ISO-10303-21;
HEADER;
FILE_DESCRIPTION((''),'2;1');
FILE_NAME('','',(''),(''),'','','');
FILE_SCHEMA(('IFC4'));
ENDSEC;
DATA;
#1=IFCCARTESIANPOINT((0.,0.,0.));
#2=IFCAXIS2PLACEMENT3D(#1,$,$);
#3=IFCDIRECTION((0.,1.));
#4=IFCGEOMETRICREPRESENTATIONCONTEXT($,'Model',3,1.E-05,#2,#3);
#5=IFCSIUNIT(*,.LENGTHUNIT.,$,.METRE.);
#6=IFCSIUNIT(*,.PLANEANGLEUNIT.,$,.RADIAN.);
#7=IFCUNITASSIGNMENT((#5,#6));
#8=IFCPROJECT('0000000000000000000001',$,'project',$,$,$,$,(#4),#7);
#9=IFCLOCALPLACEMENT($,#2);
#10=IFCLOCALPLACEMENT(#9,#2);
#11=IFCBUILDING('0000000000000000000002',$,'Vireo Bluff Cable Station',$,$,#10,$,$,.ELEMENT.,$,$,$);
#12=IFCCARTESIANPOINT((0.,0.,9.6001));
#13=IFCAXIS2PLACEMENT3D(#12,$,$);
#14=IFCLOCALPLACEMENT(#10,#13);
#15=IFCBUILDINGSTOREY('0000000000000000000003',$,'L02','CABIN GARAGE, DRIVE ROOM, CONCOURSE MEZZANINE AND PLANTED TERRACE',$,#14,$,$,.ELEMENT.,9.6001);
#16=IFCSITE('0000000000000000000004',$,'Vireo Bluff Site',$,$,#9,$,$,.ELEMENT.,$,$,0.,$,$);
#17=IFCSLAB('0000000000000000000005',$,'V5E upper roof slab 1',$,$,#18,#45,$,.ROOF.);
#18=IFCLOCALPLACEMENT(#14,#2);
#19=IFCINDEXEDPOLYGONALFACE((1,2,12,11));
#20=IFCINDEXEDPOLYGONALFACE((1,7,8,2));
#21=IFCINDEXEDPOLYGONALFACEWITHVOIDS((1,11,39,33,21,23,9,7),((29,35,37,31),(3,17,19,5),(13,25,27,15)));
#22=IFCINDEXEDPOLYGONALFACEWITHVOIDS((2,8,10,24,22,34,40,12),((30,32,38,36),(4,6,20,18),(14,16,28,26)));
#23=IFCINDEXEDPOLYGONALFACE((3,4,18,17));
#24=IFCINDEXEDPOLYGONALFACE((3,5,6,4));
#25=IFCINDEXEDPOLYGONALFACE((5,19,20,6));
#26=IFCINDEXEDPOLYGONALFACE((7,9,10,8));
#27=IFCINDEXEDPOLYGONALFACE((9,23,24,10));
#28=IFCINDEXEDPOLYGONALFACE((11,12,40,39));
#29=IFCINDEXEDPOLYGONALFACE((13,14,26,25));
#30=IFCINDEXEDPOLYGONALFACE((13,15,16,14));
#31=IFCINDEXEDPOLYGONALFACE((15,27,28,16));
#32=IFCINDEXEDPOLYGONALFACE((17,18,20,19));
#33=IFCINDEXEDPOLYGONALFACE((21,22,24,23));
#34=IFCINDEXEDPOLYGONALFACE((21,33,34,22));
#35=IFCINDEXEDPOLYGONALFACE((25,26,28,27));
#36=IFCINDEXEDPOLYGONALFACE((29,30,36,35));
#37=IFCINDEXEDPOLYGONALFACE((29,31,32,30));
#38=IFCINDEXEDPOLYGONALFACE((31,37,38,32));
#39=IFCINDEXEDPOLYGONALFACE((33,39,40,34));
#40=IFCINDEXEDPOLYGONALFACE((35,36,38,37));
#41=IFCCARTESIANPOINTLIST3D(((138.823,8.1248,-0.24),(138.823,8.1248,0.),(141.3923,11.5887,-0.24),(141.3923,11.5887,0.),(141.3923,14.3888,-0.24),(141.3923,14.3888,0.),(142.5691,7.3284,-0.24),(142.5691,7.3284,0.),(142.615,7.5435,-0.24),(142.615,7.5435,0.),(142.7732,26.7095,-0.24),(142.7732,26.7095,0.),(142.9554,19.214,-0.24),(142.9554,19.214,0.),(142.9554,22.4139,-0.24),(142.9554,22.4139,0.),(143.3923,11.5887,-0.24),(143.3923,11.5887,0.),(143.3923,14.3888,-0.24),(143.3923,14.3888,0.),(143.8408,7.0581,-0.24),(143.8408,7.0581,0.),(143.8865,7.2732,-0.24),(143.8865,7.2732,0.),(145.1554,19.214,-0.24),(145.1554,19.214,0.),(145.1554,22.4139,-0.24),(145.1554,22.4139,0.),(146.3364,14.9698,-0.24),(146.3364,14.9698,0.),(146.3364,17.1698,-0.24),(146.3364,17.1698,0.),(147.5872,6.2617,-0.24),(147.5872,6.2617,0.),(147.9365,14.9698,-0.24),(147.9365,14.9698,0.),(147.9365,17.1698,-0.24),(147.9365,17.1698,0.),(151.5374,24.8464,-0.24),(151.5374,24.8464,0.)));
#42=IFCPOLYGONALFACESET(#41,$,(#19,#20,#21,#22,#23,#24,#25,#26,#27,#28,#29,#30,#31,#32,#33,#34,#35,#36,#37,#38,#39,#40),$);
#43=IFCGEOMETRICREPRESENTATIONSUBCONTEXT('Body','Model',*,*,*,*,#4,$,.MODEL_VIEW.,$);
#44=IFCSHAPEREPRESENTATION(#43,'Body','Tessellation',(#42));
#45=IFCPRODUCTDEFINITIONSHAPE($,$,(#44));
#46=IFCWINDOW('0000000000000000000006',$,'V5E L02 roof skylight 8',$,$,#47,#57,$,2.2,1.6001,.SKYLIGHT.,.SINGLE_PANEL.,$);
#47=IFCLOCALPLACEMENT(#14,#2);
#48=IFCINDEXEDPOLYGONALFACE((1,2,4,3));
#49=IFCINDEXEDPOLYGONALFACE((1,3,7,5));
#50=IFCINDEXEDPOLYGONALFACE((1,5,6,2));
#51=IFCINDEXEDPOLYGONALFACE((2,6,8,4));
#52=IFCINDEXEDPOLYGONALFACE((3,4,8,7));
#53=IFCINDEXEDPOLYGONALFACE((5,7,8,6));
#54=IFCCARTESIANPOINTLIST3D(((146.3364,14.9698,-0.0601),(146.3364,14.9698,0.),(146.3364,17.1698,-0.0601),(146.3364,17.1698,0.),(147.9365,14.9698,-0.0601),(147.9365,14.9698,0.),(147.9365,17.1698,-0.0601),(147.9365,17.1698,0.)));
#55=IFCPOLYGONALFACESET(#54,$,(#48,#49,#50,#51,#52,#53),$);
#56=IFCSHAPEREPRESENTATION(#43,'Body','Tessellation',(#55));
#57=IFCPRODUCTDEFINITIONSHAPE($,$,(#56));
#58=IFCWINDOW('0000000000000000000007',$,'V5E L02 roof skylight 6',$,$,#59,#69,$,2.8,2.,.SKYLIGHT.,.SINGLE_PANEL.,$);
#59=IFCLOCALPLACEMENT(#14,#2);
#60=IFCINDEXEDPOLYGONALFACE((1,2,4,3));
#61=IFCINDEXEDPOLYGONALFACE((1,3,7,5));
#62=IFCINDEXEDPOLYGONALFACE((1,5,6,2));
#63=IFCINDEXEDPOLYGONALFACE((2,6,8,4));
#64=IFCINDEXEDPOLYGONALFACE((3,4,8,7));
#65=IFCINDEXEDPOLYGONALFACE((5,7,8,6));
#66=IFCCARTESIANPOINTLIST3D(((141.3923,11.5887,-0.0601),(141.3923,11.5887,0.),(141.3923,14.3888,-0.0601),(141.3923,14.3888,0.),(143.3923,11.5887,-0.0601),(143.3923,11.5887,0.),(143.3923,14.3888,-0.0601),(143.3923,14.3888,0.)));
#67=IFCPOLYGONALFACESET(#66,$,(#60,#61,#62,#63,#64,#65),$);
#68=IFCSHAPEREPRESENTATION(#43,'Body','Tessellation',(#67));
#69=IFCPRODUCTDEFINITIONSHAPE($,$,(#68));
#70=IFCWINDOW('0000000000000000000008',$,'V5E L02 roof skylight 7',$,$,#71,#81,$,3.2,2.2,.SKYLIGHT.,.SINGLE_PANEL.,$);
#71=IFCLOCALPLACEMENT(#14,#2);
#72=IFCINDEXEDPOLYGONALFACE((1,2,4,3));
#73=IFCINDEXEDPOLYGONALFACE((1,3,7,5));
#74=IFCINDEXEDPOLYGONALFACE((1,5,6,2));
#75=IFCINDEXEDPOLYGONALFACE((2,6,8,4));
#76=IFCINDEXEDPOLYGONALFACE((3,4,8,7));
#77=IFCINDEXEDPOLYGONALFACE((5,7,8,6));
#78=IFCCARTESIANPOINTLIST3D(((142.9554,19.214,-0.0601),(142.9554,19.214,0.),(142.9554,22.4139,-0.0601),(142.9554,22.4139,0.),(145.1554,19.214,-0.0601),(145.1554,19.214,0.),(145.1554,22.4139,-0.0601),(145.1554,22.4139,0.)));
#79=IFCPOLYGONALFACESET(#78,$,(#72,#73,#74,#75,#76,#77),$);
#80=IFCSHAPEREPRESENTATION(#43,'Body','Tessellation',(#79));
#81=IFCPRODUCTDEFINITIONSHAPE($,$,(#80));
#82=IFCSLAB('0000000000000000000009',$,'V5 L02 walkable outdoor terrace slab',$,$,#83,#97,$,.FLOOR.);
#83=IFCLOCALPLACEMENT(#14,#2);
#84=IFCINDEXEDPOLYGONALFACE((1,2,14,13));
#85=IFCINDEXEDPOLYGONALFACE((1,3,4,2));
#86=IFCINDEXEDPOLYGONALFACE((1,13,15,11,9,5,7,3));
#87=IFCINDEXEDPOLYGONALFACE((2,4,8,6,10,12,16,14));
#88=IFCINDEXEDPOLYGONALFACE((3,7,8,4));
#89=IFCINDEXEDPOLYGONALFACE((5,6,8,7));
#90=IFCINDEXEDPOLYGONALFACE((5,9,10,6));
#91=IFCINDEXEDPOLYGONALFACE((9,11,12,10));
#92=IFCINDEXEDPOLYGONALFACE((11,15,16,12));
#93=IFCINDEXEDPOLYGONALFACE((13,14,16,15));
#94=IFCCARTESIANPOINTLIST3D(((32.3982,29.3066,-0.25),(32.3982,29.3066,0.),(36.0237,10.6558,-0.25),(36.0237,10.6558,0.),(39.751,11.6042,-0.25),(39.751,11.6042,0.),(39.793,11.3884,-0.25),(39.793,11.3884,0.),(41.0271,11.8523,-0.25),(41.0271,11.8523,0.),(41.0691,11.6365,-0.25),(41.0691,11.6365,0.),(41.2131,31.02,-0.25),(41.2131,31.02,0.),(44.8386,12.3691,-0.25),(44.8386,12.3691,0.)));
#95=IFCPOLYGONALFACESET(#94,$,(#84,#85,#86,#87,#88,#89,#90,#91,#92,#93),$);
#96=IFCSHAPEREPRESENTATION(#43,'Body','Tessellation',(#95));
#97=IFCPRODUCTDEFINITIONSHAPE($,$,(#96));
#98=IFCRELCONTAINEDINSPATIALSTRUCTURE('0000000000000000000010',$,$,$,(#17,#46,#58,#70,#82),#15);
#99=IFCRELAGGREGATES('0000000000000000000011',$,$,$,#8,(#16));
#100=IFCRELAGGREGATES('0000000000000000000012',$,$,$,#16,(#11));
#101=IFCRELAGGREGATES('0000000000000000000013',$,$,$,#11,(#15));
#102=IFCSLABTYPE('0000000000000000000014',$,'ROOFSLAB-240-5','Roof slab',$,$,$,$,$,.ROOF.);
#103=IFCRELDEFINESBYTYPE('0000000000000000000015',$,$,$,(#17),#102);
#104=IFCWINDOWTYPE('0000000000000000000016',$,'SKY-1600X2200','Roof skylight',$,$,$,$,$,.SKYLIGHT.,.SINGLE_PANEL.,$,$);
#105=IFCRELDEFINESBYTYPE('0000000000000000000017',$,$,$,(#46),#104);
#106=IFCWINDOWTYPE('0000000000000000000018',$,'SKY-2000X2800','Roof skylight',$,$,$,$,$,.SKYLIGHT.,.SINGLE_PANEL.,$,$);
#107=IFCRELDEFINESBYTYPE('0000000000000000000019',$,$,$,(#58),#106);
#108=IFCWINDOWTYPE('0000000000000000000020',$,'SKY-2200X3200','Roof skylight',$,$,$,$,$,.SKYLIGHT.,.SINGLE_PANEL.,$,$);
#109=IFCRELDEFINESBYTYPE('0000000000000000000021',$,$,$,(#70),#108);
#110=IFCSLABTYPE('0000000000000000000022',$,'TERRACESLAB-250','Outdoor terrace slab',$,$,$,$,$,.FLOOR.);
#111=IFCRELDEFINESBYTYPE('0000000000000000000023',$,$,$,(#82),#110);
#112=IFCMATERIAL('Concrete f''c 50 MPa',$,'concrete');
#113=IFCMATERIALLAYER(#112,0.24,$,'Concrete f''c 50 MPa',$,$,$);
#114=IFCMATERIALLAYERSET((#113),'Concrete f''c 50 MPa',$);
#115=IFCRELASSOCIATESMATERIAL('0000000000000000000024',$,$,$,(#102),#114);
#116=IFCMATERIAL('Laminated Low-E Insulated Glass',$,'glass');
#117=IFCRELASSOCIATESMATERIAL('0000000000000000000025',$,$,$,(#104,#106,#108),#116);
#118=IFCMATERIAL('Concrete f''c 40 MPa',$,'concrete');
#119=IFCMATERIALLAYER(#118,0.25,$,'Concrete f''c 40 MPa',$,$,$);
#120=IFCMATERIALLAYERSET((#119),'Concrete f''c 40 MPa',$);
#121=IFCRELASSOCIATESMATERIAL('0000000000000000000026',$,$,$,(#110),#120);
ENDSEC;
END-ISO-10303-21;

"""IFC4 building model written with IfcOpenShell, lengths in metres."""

from ifc_helpers import new_model, si_unit, direction, frame, origin, origin_2d, place, context, subcontext, project, spatial, polyline, rectangle, outline, extrude, material, layer, layer_set, type_object, element, fill, save


model = new_model("IFC4")

# Units and contexts
model_context = context("Model", 3, precision=1e-05, world=origin(), true_north=direction((0.0, 1.0)))
body_context = subcontext(model_context, "Body", "Model", "MODEL_VIEW")
ifc_project = project(units=[si_unit("LENGTHUNIT", "METRE"), si_unit("PLANEANGLEUNIT", "RADIAN")], contexts=[model_context])

# Site, building, storey
site_placement = place(None, origin())
site = spatial("IfcSite", under=ifc_project, at=site_placement, Name="Vireo Bluff Site", CompositionType="ELEMENT", RefElevation=0.0)
building_placement = place(site_placement, origin())
building = spatial("IfcBuilding", under=site, at=building_placement, Name="Vireo Bluff Cable Station", CompositionType="ELEMENT")
storey_placement = place(building_placement, frame((0.0, 0.0, 9.6001)))
storey = spatial("IfcBuildingStorey", under=building, at=storey_placement, Name="L02", Description="CABIN GARAGE, DRIVE ROOM, CONCOURSE MEZZANINE AND PLANTED TERRACE", CompositionType="ELEMENT", Elevation=9.6001)

# Shared definitions
ifc_material_1 = material(Name="Concrete f'c 40 MPa", Category="concrete")

# Slab, openings, windows
ifc_material_2 = material(Name="Concrete f'c 50 MPa", Category="concrete")
ifc_layer_1 = layer(ifc_material_2, 0.24, Name="Concrete f'c 50 MPa")
ifc_layer_set_1 = layer_set([ifc_layer_1], Name="Concrete f'c 50 MPa")
slab_type_1 = type_object("IfcSlabType", Name="ROOFSLAB-240-5", Description="Roof slab", PredefinedType="ROOF", material=ifc_layer_set_1)
slab_1_placement = place(storey_placement, frame((0.0, 0.0, -0.24)))
slab_1 = element("IfcSlab", 1, at=slab_1_placement, inside=storey, type_object=slab_type_1, Name="V5E upper roof slab 1", PredefinedType="ROOF", context=body_context, shape_type="SweptSolid", body=[
    extrude(outline(polyline([(138.823, 8.1248), (142.5691, 7.3284), (142.615, 7.5435), (143.8865, 7.2732), (143.8408, 7.0581), (147.5872, 6.2617), (151.5374, 24.8464), (142.7732, 26.7095), (138.823, 8.1248)])), origin(), (0.0, 0.0, 1.0), 0.24),
])
opening_1_placement = place(slab_1_placement, frame((142.3923, 12.9888, -0.01)))
opening_1 = element("IfcOpeningElement", 2, at=opening_1_placement, cuts=slab_1, PredefinedType="OPENING", context=body_context, shape_type="SweptSolid", body=[
    extrude(rectangle(XDim=2.0, YDim=2.8, at=origin_2d()), origin(), (0.0, 0.0, 1.0), 0.26),
])
opening_2_placement = place(slab_1_placement, frame((144.0554, 20.814, -0.01)))
opening_2 = element("IfcOpeningElement", 3, at=opening_2_placement, cuts=slab_1, PredefinedType="OPENING", context=body_context, shape_type="SweptSolid", body=[
    extrude(rectangle(XDim=2.2, YDim=3.2, at=origin_2d()), origin(), (0.0, 0.0, 1.0), 0.26),
])
opening_3_placement = place(slab_1_placement, frame((147.1365, 16.0698, -0.01)))
opening_3 = element("IfcOpeningElement", 4, at=opening_3_placement, cuts=slab_1, PredefinedType="OPENING", context=body_context, shape_type="SweptSolid", body=[
    extrude(rectangle(XDim=1.6001, YDim=2.2, at=origin_2d()), origin(), (0.0, 0.0, 1.0), 0.26),
])
ifc_material_3 = material(Name="Laminated Low-E Insulated Glass", Category="glass")
window_type_1 = type_object("IfcWindowType", Name="SKY-1600X2200", Description="Roof skylight", PartitioningType="SINGLE_PANEL", PredefinedType="SKYLIGHT", material=ifc_material_3)
window_1_placement = place(opening_3_placement, frame((0.0, 0.0, 0.1899)))
window_1 = element("IfcWindow", 5, at=window_1_placement, inside=storey, type_object=window_type_1, Name="V5E L02 roof skylight 8", OverallHeight=2.2, OverallWidth=1.6001, PartitioningType="SINGLE_PANEL", PredefinedType="SKYLIGHT", context=body_context, shape_type="SweptSolid", body=[
    extrude(rectangle(XDim=1.6001, YDim=2.2, at=origin_2d()), origin(), (0.0, 0.0, 1.0), 0.0601),
])
fill(opening_3, window_1)
window_type_2 = type_object("IfcWindowType", Name="SKY-2000X2800", Description="Roof skylight", PartitioningType="SINGLE_PANEL", PredefinedType="SKYLIGHT", material=ifc_material_3)
window_2_placement = place(opening_1_placement, frame((0.0, 0.0, 0.1899)))
window_2 = element("IfcWindow", 6, at=window_2_placement, inside=storey, type_object=window_type_2, Name="V5E L02 roof skylight 6", OverallHeight=2.8, OverallWidth=2.0, PartitioningType="SINGLE_PANEL", PredefinedType="SKYLIGHT", context=body_context, shape_type="SweptSolid", body=[
    extrude(rectangle(XDim=2.0, YDim=2.8, at=origin_2d()), origin(), (0.0, 0.0, 1.0), 0.0601),
])
fill(opening_1, window_2)
window_type_3 = type_object("IfcWindowType", Name="SKY-2200X3200", Description="Roof skylight", PartitioningType="SINGLE_PANEL", PredefinedType="SKYLIGHT", material=ifc_material_3)
window_3_placement = place(opening_2_placement, frame((0.0, 0.0, 0.1899)))
window_3 = element("IfcWindow", 7, at=window_3_placement, inside=storey, type_object=window_type_3, Name="V5E L02 roof skylight 7", OverallHeight=3.2, OverallWidth=2.2, PartitioningType="SINGLE_PANEL", PredefinedType="SKYLIGHT", context=body_context, shape_type="SweptSolid", body=[
    extrude(rectangle(XDim=2.2, YDim=3.2, at=origin_2d()), origin(), (0.0, 0.0, 1.0), 0.0601),
])
fill(opening_2, window_3)

# Slab
ifc_layer_2 = layer(ifc_material_1, 0.25, Name="Concrete f'c 40 MPa")
ifc_layer_set_2 = layer_set([ifc_layer_2], Name="Concrete f'c 40 MPa")
slab_type_2 = type_object("IfcSlabType", Name="TERRACESLAB-250", Description="Outdoor terrace slab", PredefinedType="FLOOR", material=ifc_layer_set_2)
slab_2_placement = place(storey_placement, frame((0.0, 0.0, -0.25)))
element("IfcSlab", 8, at=slab_2_placement, inside=storey, type_object=slab_type_2, Name="V5 L02 walkable outdoor terrace slab", PredefinedType="FLOOR", context=body_context, shape_type="SweptSolid", body=[
    extrude(outline(polyline([(36.0237, 10.6558), (39.793, 11.3884), (39.751, 11.6042), (41.0271, 11.8523), (41.0691, 11.6365), (44.8386, 12.3691), (41.2131, 31.02), (32.3982, 29.3066), (36.0237, 10.6558)])), origin(), (0.0, 0.0, 1.0), 0.25),
])

save(model, "model.ifc")
